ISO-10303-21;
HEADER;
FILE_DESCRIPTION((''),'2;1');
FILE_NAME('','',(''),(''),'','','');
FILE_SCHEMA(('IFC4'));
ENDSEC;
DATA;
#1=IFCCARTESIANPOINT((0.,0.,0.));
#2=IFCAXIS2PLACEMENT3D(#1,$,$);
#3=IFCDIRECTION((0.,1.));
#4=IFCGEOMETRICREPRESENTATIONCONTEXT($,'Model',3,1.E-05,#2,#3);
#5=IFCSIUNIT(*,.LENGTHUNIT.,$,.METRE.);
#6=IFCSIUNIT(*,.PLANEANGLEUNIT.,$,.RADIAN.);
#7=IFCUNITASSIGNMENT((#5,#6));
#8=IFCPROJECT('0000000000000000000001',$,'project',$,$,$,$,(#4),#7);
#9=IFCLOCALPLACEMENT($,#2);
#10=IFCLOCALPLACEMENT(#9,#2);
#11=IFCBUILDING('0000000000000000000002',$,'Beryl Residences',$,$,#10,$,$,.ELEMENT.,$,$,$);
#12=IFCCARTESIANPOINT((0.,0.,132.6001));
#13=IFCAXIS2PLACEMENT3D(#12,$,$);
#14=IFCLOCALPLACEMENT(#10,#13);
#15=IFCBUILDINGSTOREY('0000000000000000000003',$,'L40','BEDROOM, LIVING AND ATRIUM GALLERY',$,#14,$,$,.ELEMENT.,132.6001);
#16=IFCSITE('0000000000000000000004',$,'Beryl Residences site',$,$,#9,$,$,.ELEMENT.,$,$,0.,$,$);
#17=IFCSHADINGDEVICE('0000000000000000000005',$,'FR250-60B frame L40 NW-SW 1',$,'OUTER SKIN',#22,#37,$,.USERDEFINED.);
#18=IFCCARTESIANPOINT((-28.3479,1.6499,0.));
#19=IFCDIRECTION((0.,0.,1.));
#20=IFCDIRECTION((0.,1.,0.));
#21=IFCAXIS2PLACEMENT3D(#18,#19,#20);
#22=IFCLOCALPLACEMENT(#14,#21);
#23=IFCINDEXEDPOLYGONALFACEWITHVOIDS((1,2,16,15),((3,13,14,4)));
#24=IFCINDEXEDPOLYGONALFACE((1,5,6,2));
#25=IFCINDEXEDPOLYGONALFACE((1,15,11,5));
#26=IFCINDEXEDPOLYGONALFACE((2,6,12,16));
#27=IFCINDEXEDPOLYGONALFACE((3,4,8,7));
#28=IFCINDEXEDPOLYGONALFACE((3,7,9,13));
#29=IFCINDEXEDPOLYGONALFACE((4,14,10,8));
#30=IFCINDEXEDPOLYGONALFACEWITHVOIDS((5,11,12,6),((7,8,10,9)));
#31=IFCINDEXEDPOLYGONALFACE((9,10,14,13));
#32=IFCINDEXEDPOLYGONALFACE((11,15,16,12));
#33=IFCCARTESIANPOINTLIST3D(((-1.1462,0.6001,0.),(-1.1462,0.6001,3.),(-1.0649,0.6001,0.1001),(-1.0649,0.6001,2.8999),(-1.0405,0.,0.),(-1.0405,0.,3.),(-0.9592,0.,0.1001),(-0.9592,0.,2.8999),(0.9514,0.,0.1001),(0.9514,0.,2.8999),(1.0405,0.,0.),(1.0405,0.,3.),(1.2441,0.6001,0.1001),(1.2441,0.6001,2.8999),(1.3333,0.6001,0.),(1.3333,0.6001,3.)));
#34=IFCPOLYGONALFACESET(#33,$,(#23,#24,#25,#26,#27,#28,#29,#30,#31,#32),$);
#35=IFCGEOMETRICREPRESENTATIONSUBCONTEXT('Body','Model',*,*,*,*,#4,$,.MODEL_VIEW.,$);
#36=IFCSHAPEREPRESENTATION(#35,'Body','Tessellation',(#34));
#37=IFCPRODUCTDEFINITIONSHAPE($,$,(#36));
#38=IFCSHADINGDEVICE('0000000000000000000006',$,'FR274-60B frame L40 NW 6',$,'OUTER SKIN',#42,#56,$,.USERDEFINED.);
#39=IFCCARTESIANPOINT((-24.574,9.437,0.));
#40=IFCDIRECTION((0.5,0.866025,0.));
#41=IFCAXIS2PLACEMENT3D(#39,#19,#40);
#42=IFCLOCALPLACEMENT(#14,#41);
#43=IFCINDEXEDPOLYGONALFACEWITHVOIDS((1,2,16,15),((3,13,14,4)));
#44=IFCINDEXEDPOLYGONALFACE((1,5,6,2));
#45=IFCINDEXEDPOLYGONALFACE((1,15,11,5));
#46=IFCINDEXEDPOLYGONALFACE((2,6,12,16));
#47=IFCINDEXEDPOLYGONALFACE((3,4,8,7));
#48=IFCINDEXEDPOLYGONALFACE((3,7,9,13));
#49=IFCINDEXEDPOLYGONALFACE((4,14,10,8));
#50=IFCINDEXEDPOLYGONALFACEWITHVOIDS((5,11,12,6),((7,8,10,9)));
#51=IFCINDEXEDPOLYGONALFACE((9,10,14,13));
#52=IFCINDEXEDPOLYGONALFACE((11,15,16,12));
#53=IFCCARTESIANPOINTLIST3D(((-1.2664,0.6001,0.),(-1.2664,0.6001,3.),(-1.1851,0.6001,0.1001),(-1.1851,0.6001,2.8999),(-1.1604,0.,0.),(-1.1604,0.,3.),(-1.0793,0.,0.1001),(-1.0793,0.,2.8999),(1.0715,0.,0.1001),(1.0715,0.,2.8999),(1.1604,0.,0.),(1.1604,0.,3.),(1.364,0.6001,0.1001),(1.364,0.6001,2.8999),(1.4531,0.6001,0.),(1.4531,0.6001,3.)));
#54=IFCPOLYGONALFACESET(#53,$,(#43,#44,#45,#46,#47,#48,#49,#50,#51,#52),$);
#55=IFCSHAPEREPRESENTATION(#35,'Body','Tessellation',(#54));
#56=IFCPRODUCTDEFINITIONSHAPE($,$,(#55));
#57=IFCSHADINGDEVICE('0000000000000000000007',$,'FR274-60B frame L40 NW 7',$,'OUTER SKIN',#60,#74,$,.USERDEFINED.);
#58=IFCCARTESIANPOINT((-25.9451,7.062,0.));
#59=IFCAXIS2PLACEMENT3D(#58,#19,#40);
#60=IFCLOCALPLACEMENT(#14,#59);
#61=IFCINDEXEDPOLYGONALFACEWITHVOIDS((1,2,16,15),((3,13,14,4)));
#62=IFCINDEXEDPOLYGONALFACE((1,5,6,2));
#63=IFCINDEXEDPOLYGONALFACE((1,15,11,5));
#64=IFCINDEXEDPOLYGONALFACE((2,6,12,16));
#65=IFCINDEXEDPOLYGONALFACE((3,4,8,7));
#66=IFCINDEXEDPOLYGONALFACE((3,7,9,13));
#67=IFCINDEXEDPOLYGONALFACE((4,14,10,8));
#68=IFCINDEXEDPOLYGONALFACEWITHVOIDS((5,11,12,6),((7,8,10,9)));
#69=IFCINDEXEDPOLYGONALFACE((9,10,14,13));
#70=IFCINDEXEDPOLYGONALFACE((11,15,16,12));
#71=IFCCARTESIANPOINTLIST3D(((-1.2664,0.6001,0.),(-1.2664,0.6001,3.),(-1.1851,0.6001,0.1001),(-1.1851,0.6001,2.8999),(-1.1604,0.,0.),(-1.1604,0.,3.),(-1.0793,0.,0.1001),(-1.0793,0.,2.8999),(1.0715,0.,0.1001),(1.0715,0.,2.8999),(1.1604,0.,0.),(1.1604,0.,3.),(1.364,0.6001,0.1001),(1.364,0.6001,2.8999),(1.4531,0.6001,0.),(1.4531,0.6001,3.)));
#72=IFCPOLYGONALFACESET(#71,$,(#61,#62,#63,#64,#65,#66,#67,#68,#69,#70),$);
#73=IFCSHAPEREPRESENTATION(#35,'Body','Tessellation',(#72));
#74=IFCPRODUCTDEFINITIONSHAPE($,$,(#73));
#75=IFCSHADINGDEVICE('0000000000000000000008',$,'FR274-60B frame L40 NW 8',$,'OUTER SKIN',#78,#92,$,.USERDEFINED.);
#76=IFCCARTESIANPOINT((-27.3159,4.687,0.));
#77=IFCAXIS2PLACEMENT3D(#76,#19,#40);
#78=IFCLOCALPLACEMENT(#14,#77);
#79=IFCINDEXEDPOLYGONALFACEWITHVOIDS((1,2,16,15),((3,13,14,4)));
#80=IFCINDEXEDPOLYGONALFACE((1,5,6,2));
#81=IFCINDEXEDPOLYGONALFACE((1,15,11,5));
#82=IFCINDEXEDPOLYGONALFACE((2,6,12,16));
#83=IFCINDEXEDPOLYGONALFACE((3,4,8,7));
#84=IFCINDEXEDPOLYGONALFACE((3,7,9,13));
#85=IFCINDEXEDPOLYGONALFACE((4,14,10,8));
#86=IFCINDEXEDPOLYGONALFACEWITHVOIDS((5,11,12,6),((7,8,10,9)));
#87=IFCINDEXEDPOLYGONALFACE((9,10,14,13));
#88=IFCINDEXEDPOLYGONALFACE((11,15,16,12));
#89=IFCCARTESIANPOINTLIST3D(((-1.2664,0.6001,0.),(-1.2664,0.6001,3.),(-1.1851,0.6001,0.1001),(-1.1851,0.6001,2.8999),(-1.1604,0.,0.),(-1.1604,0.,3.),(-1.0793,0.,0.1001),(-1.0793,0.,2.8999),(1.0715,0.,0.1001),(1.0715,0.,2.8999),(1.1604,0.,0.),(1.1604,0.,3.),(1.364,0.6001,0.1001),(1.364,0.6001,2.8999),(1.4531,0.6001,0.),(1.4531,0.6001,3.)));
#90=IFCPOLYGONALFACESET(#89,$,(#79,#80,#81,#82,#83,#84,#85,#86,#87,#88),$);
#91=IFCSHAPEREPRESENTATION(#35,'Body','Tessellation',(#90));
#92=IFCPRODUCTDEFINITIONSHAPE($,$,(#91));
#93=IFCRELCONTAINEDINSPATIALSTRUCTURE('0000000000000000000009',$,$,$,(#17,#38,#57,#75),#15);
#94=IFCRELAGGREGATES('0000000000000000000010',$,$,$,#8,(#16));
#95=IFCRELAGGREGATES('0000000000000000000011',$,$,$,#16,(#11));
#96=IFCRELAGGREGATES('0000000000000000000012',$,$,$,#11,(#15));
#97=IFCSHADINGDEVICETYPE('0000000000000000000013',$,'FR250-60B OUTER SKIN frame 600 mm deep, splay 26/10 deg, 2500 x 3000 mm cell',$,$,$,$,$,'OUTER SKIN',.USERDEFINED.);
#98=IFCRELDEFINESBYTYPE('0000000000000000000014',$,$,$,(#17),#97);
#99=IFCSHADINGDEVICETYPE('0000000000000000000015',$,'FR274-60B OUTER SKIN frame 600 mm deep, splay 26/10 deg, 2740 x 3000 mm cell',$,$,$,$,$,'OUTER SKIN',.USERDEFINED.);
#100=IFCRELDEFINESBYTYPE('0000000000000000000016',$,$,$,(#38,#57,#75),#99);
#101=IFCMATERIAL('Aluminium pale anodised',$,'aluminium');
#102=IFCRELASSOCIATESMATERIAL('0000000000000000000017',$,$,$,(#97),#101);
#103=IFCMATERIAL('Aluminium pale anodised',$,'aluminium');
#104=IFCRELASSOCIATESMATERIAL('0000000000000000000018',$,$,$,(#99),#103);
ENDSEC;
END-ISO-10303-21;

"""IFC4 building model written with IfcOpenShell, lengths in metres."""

from ifc_helpers import new_model, entity, si_unit, direction, frame, origin, place, context, subcontext, project, spatial, source, transform, mapped, material, type_object, type_shapes, element, save


model = new_model("IFC4")

# Units and contexts
model_context = context("Model", 3, precision=1e-05, world=origin(), true_north=direction((0.0, 1.0)))
body_context = subcontext(model_context, "Body", "Model", "MODEL_VIEW")
ifc_project = project(units=[si_unit("LENGTHUNIT", "METRE"), si_unit("PLANEANGLEUNIT", "RADIAN")], contexts=[model_context])

# Site, building, storey
site_placement = place(None, origin())
site = spatial("IfcSite", under=ifc_project, at=site_placement, Name="Beryl Residences site", CompositionType="ELEMENT", RefElevation=0.0)
building_placement = place(site_placement, origin())
building = spatial("IfcBuilding", under=site, at=building_placement, Name="Beryl Residences", CompositionType="ELEMENT")
storey_placement = place(building_placement, frame((0.0, 0.0, 132.6001)))
storey = spatial("IfcBuildingStorey", under=building, at=storey_placement, Name="L40", Description="BEDROOM, LIVING AND ATRIUM GALLERY", CompositionType="ELEMENT", Elevation=132.6001)

# Shading devices
ifc_material_1 = material(Name="Aluminium pale anodised", Category="aluminium")
shading_device_type_1 = type_object("IfcShadingDeviceType", Name="FR250-60B OUTER SKIN frame 600 mm deep, splay 26/10 deg, 2500 x 3000 mm cell", ElementType="OUTER SKIN", PredefinedType="USERDEFINED", material=ifc_material_1)
cartesian_point_1 = entity("IfcCartesianPoint", [-1.0405, 0.0])
cartesian_point_2 = entity("IfcCartesianPoint", [-0.9514, 0.1001])
cartesian_point_3 = entity("IfcCartesianPoint", [-1.3333, 0.0])
cartesian_point_4 = entity("IfcCartesianPoint", [-1.2441, 0.1001])
shared_shape_1 = source(origin(), body_context, "Body", "SweptSolid", [
    entity("IfcExtrudedAreaSolidTapered", entity("IfcArbitraryProfileDefWithVoids", "AREA", None, entity("IfcPolyline", [cartesian_point_1, entity("IfcCartesianPoint", [1.0405, 0.0]), entity("IfcCartesianPoint", [1.0405, 3.0]), entity("IfcCartesianPoint", [-1.0405, 3.0]), cartesian_point_1]), [entity("IfcPolyline", [cartesian_point_2, entity("IfcCartesianPoint", [0.9592, 0.1001]), entity("IfcCartesianPoint", [0.9592, 2.8999]), entity("IfcCartesianPoint", [-0.9514, 2.8999]), cartesian_point_2])]), entity("IfcAxis2Placement3D", entity("IfcCartesianPoint", [0.0, 0.0, 0.0]), entity("IfcDirection", [0.0, 1.0, 0.0]), entity("IfcDirection", [-1.0, 0.0, 0.0])), entity("IfcDirection", [0.0, 0.0, 1.0]), 0.6001, entity("IfcArbitraryProfileDefWithVoids", "AREA", None, entity("IfcPolyline", [cartesian_point_3, entity("IfcCartesianPoint", [1.1462, 0.0]), entity("IfcCartesianPoint", [1.1462, 3.0]), entity("IfcCartesianPoint", [-1.3333, 3.0]), cartesian_point_3]), [entity("IfcPolyline", [cartesian_point_4, entity("IfcCartesianPoint", [1.0649, 0.1001]), entity("IfcCartesianPoint", [1.0649, 2.8999]), entity("IfcCartesianPoint", [-1.2441, 2.8999]), cartesian_point_4])])),
])
type_shapes(shading_device_type_1, [shared_shape_1])
shading_device_placement = place(storey_placement, frame((-28.3479, 1.6499, 0.0), z_axis=(0.0, 0.0, 1.0), x_axis=(0.0, 1.0, 0.0)))
element("IfcShadingDevice", 1, at=shading_device_placement, inside=storey, type_object=shading_device_type_1, Name="FR250-60B frame L40 NW-SW 1", ObjectType="OUTER SKIN", PredefinedType="USERDEFINED", context=body_context, shape_type="MappedRepresentation", body=[
    mapped(shared_shape_1, transform((0.0, 0.0, 0.0))),
])
ifc_material_2 = material(Name="Aluminium pale anodised", Category="aluminium")
shading_device_type_2 = type_object("IfcShadingDeviceType", Name="FR274-60B OUTER SKIN frame 600 mm deep, splay 26/10 deg, 2740 x 3000 mm cell", ElementType="OUTER SKIN", PredefinedType="USERDEFINED", material=ifc_material_2)
cartesian_point_5 = entity("IfcCartesianPoint", [-1.1604, 0.0])
cartesian_point_6 = entity("IfcCartesianPoint", [-1.0715, 0.1001])
cartesian_point_7 = entity("IfcCartesianPoint", [-1.4531, 0.0])
cartesian_point_8 = entity("IfcCartesianPoint", [-1.364, 0.1001])
shared_shape_2 = source(origin(), body_context, "Body", "SweptSolid", [
    entity("IfcExtrudedAreaSolidTapered", entity("IfcArbitraryProfileDefWithVoids", "AREA", None, entity("IfcPolyline", [cartesian_point_5, entity("IfcCartesianPoint", [1.1604, 0.0]), entity("IfcCartesianPoint", [1.1604, 3.0]), entity("IfcCartesianPoint", [-1.1604, 3.0]), cartesian_point_5]), [entity("IfcPolyline", [cartesian_point_6, entity("IfcCartesianPoint", [1.0793, 0.1001]), entity("IfcCartesianPoint", [1.0793, 2.8999]), entity("IfcCartesianPoint", [-1.0715, 2.8999]), cartesian_point_6])]), entity("IfcAxis2Placement3D", entity("IfcCartesianPoint", [0.0, 0.0, 0.0]), entity("IfcDirection", [0.0, 1.0, 0.0]), entity("IfcDirection", [-1.0, 0.0, 0.0])), entity("IfcDirection", [0.0, 0.0, 1.0]), 0.6001, entity("IfcArbitraryProfileDefWithVoids", "AREA", None, entity("IfcPolyline", [cartesian_point_7, entity("IfcCartesianPoint", [1.2664, 0.0]), entity("IfcCartesianPoint", [1.2664, 3.0]), entity("IfcCartesianPoint", [-1.4531, 3.0]), cartesian_point_7]), [entity("IfcPolyline", [cartesian_point_8, entity("IfcCartesianPoint", [1.1851, 0.1001]), entity("IfcCartesianPoint", [1.1851, 2.8999]), entity("IfcCartesianPoint", [-1.364, 2.8999]), cartesian_point_8])])),
])
type_shapes(shading_device_type_2, [shared_shape_2])
for number, where, z_axis, x_axis, name in (
    (2, (-24.574, 9.437, 0.0), (0.0, 0.0, 1.0), (0.5, 0.866025, 0.0), "FR274-60B frame L40 NW 6"),
    (3, (-25.9451, 7.062, 0.0), (0.0, 0.0, 1.0), (0.5, 0.866025, 0.0), "FR274-60B frame L40 NW 7"),
    (4, (-27.3159, 4.687, 0.0), (0.0, 0.0, 1.0), (0.5, 0.866025, 0.0), "FR274-60B frame L40 NW 8"),
):
    element("IfcShadingDevice", number, at=place(storey_placement, frame(where, z_axis=z_axis, x_axis=x_axis)), inside=storey, type_object=shading_device_type_2, Name=name, ObjectType="OUTER SKIN", PredefinedType="USERDEFINED", context=body_context, shape_type="MappedRepresentation", body=[
        mapped(shared_shape_2, transform((0.0, 0.0, 0.0))),
    ])

save(model, "model.ifc")
